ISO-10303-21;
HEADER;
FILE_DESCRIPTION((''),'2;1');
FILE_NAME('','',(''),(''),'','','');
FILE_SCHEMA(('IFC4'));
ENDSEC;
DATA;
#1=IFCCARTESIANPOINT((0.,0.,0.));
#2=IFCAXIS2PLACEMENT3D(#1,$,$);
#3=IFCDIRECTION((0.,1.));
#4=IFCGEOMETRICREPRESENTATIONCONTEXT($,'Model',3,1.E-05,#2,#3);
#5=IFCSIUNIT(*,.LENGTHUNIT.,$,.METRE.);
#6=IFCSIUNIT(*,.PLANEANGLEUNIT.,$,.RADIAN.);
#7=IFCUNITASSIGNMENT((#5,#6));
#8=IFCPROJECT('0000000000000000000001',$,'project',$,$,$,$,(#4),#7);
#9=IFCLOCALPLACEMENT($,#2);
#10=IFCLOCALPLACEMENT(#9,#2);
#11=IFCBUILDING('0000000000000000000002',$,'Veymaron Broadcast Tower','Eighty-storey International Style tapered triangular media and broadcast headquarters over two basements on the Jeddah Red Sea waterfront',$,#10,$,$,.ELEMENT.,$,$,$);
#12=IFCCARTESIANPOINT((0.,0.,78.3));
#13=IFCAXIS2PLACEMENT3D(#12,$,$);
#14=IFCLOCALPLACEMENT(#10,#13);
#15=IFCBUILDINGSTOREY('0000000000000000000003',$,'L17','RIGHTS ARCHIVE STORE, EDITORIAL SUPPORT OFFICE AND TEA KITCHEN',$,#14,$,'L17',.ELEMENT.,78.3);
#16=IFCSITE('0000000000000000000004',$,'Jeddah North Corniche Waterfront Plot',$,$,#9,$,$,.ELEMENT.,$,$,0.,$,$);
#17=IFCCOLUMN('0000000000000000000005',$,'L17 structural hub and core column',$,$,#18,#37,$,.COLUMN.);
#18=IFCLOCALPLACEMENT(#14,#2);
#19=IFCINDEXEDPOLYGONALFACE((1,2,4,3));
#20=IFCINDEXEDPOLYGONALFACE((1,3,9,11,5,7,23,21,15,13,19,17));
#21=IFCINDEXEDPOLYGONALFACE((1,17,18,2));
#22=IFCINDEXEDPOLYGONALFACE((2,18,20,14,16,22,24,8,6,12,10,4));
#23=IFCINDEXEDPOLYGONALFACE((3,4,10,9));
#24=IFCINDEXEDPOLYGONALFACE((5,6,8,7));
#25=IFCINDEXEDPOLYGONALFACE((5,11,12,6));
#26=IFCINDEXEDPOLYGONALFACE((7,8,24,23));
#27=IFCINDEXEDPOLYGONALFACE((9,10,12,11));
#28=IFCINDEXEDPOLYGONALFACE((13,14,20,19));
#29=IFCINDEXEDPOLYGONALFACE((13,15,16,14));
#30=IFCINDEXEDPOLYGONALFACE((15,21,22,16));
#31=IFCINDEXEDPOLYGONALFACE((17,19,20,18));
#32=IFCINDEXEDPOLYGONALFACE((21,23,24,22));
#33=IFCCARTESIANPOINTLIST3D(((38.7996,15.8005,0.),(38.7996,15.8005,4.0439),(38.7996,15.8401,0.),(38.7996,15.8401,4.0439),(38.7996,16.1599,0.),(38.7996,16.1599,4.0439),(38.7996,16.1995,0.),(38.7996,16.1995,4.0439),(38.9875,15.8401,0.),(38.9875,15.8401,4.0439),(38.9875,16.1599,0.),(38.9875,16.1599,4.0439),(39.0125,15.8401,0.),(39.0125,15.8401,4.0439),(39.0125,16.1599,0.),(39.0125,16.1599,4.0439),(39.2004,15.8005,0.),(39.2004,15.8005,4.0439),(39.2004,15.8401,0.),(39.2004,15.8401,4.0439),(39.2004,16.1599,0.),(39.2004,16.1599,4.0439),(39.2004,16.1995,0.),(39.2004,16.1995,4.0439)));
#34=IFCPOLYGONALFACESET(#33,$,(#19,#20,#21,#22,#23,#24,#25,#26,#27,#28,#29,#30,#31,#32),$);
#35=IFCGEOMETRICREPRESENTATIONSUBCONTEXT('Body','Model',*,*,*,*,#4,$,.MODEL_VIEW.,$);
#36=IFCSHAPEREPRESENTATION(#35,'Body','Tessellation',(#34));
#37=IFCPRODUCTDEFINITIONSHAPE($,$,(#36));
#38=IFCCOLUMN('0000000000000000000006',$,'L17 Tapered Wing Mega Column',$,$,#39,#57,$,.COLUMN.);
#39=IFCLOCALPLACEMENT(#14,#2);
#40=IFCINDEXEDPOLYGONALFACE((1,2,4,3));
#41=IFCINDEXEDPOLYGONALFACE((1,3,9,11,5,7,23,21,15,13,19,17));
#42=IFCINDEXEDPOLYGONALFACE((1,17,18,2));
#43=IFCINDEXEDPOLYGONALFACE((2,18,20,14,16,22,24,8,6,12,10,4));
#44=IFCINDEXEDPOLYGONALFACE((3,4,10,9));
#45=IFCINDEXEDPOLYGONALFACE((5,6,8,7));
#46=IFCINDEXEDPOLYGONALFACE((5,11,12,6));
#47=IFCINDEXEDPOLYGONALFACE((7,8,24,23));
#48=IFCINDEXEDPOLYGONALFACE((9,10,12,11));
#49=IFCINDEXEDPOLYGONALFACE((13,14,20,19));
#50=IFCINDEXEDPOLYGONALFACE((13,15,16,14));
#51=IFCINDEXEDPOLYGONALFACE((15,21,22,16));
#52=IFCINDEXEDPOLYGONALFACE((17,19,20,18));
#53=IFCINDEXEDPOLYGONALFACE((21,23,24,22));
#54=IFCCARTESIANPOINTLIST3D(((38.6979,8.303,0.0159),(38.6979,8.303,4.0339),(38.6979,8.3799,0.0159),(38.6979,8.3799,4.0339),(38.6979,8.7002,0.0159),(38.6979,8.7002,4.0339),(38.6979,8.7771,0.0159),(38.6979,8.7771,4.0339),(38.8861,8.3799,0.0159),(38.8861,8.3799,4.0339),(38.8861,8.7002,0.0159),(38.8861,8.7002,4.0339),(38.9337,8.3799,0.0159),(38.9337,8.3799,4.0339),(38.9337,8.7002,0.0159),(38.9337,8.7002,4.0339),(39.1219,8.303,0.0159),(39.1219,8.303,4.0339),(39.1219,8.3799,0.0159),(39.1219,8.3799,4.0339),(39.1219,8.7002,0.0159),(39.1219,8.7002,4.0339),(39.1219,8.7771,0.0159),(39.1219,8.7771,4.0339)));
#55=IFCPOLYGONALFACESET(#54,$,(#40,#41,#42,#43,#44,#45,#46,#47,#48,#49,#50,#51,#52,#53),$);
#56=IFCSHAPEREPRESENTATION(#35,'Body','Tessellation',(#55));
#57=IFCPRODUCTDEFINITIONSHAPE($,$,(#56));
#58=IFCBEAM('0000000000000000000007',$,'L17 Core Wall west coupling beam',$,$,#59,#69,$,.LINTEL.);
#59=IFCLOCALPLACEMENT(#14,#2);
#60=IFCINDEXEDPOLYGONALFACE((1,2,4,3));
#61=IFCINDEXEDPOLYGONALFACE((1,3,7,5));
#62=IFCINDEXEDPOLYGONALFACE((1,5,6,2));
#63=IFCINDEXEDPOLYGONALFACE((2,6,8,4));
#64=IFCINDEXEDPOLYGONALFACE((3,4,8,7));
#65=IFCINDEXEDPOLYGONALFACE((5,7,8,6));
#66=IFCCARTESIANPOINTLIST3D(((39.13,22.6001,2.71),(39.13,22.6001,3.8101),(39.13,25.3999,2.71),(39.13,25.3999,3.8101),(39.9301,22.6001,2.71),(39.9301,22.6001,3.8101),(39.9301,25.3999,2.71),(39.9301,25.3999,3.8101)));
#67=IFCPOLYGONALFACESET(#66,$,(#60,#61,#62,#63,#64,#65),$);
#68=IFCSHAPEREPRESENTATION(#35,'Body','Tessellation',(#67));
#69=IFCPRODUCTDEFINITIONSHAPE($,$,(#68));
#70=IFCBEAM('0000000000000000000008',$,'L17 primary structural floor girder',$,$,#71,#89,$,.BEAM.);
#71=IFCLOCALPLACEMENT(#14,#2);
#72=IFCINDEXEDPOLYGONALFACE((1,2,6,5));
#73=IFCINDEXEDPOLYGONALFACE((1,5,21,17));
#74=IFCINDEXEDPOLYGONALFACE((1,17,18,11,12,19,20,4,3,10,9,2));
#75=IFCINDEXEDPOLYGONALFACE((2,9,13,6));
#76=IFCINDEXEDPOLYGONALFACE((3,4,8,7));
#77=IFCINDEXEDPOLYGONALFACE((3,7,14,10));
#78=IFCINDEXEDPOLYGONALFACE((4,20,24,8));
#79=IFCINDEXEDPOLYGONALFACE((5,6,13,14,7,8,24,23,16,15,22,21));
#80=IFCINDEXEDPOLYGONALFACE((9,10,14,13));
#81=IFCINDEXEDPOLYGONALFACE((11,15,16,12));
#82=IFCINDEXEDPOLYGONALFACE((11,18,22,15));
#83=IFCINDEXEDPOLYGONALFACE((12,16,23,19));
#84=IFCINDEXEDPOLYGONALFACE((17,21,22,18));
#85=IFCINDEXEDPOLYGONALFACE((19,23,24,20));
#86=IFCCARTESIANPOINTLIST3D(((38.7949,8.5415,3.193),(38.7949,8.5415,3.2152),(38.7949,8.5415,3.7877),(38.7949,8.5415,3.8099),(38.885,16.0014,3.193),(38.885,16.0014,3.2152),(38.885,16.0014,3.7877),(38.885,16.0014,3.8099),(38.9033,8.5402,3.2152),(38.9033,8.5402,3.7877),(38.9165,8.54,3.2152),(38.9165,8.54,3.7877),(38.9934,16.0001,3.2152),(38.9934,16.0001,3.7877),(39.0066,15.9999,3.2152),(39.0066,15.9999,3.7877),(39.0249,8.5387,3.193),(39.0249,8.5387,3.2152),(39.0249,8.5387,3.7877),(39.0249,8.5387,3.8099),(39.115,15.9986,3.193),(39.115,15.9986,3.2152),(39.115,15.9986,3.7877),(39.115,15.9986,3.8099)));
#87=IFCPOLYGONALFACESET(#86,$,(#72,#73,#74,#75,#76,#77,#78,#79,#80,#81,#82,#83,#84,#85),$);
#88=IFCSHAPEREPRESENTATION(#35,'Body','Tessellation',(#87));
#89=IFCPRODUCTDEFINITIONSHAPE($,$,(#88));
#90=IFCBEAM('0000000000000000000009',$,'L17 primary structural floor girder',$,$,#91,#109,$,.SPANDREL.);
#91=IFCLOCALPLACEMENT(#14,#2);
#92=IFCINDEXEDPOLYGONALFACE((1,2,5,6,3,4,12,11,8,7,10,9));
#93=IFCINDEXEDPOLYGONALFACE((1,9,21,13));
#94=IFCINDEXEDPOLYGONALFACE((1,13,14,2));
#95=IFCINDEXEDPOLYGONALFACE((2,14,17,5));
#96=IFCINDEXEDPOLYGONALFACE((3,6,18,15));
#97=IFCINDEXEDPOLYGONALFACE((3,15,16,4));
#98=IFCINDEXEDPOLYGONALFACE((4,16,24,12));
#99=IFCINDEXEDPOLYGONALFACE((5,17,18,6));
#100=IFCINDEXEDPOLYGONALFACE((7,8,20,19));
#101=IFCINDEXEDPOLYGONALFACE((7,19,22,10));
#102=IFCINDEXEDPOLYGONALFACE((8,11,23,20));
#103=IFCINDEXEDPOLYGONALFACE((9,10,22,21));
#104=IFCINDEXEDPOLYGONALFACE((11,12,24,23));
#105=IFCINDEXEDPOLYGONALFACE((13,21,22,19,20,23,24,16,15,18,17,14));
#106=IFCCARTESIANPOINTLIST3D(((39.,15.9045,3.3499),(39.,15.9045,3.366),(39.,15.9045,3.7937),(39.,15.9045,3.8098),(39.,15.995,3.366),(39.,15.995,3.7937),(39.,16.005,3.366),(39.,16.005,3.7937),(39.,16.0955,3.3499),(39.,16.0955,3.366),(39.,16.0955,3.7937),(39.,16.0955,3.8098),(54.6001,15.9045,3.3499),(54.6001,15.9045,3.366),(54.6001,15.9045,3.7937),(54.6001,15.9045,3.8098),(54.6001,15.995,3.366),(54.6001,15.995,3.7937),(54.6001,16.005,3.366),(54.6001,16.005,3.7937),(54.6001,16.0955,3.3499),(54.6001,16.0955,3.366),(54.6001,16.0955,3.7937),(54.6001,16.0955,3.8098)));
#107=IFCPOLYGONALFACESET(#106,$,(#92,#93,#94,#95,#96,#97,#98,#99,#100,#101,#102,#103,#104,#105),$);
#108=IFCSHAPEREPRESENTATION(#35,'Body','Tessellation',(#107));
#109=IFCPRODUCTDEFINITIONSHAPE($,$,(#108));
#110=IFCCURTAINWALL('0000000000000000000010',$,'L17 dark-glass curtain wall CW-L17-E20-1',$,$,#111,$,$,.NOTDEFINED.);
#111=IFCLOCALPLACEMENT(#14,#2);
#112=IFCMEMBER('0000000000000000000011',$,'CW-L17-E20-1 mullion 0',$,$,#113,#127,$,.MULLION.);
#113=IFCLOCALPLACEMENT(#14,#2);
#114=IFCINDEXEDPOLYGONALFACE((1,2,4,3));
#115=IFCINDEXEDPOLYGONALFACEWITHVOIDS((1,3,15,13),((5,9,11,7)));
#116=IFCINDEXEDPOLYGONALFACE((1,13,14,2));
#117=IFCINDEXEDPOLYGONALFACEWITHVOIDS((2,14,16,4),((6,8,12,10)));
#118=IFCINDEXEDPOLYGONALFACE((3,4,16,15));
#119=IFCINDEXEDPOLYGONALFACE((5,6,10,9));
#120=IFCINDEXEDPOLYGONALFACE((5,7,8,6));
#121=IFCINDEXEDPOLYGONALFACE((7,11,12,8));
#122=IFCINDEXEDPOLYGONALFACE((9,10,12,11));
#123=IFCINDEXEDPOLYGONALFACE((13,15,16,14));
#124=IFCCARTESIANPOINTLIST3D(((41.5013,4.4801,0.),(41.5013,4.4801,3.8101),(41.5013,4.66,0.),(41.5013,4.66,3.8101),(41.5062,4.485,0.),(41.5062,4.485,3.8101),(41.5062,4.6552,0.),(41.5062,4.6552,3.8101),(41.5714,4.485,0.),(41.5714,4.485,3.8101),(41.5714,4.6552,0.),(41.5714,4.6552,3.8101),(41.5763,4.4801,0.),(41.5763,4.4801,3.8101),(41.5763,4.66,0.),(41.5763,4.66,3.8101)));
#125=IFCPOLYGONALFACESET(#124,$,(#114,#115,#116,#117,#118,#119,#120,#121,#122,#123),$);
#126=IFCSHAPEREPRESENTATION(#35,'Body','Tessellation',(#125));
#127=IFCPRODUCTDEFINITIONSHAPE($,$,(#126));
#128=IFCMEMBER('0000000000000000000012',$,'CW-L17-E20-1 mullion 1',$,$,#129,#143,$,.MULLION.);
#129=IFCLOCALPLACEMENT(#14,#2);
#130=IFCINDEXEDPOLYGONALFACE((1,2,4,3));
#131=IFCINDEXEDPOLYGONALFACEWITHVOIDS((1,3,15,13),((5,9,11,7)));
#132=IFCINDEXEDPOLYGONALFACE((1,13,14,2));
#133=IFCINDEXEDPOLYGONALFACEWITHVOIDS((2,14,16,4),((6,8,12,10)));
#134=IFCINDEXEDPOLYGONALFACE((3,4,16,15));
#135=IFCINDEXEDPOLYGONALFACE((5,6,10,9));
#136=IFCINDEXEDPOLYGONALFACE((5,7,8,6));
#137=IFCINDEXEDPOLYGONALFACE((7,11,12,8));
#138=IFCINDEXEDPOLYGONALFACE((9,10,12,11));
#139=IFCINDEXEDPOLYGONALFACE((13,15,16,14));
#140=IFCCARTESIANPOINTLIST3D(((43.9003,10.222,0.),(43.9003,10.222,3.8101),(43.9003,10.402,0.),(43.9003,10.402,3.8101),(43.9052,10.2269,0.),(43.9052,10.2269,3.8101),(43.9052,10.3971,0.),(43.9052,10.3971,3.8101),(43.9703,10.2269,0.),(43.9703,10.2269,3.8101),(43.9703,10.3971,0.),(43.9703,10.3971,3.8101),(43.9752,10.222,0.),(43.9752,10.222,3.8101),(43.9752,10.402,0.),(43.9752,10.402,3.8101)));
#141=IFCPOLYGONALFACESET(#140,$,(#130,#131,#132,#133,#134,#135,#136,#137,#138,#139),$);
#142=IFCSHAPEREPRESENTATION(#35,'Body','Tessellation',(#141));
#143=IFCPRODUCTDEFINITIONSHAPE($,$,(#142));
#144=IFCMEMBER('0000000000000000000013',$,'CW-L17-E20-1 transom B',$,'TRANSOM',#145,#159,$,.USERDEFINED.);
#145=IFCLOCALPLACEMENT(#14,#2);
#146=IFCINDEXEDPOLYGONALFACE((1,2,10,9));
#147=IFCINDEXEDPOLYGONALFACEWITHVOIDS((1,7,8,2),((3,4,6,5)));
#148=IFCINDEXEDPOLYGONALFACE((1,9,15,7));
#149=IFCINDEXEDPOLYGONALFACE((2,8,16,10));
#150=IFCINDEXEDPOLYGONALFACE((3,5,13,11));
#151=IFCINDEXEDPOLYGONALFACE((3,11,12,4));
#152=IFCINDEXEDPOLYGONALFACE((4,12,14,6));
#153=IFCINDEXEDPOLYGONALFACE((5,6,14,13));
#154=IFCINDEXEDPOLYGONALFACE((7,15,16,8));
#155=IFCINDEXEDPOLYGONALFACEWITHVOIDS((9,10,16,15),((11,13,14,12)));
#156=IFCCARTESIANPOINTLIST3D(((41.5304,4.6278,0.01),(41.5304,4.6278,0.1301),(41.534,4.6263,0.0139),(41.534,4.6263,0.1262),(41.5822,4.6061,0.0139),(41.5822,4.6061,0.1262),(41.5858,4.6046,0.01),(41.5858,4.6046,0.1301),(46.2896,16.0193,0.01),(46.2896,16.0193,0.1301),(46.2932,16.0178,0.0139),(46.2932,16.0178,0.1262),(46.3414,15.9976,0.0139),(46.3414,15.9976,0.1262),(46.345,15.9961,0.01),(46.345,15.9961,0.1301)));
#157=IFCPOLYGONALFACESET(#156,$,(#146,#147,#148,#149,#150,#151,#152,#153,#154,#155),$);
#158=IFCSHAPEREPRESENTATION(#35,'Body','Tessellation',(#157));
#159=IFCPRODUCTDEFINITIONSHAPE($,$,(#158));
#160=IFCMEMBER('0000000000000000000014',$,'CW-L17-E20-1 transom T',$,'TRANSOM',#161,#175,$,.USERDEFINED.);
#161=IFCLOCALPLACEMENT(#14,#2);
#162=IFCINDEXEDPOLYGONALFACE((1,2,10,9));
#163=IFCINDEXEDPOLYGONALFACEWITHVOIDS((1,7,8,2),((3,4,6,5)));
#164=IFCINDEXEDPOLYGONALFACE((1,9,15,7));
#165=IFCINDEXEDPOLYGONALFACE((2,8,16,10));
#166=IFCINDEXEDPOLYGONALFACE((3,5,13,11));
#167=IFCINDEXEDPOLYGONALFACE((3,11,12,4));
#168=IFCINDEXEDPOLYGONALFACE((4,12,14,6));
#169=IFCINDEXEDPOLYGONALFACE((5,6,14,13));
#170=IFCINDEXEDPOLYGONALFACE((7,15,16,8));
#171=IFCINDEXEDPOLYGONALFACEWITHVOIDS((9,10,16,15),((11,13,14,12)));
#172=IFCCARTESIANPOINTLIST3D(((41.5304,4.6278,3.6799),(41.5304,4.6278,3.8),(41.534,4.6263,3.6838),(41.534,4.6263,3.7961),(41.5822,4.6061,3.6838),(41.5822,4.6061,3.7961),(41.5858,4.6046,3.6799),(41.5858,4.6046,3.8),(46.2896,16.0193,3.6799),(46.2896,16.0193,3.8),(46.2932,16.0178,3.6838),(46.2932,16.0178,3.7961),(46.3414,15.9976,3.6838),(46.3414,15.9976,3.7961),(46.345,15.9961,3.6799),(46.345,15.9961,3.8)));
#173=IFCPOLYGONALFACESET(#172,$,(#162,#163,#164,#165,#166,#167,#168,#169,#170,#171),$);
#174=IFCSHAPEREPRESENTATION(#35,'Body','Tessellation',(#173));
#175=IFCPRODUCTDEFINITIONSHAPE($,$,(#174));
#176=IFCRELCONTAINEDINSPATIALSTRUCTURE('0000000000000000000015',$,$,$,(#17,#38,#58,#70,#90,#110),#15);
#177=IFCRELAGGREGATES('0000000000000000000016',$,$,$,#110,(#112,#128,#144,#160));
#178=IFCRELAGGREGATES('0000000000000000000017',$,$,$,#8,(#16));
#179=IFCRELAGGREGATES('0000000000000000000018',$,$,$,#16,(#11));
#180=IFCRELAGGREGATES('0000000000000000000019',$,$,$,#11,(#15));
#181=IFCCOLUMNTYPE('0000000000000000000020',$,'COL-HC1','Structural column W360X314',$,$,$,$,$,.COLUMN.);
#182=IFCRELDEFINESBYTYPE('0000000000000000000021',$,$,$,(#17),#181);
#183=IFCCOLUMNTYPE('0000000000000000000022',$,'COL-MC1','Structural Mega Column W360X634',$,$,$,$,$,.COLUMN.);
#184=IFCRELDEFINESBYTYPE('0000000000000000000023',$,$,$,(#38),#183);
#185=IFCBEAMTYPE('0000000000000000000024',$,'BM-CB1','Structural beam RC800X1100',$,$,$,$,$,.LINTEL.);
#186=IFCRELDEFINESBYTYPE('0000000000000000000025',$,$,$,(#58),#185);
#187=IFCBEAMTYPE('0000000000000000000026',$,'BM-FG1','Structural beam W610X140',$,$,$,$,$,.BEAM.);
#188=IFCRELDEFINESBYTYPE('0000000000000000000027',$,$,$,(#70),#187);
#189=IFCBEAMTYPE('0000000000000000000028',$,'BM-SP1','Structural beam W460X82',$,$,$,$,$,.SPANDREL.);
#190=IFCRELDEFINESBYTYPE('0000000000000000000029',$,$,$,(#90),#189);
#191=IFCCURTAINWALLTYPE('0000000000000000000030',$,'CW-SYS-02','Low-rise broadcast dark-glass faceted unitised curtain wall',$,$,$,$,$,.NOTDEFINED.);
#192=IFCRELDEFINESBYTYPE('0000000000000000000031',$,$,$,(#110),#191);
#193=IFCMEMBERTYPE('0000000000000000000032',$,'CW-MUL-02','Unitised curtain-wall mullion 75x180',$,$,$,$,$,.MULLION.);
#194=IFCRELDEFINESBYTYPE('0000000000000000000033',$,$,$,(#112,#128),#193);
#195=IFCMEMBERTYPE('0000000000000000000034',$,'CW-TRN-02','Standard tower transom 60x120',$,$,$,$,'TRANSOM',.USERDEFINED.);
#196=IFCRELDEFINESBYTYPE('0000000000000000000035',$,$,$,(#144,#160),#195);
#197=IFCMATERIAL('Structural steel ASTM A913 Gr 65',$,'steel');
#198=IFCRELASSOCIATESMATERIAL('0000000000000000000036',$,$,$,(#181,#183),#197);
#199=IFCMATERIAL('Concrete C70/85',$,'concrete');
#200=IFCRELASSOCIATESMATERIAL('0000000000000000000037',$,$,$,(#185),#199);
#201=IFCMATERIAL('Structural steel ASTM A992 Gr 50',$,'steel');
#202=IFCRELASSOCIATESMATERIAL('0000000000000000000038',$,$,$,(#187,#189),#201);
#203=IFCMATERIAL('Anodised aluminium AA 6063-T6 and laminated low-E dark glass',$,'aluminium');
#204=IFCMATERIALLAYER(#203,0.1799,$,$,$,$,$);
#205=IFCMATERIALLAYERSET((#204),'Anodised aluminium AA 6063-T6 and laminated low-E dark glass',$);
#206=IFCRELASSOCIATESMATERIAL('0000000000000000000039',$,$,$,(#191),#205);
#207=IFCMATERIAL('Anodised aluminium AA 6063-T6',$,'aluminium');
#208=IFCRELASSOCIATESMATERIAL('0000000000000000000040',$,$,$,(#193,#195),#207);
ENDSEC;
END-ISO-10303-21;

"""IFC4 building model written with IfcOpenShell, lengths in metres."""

from ifc_helpers import new_model, si_unit, direction, frame, origin, origin_2d, place, context, subcontext, project, spatial, rectangle, hollow_rectangle, i_section, extrude, material, layer, layer_set, material_profile, profile_set, type_object, element, aggregate, save


model = new_model("IFC4")

# Units and contexts
model_context = context("Model", 3, precision=1e-05, world=origin(), true_north=direction((0.0, 1.0)))
body_context = subcontext(model_context, "Body", "Model", "MODEL_VIEW")
ifc_project = project(units=[si_unit("LENGTHUNIT", "METRE"), si_unit("PLANEANGLEUNIT", "RADIAN")], contexts=[model_context])

# Site, building, storey
site_placement = place(None, origin())
site = spatial("IfcSite", under=ifc_project, at=site_placement, Name="Jeddah North Corniche Waterfront Plot", CompositionType="ELEMENT", RefElevation=0.0)
building_placement = place(site_placement, origin())
building = spatial("IfcBuilding", under=site, at=building_placement, Name="Veymaron Broadcast Tower", Description="Eighty-storey International Style tapered triangular media and broadcast headquarters over two basements on the Jeddah Red Sea waterfront", CompositionType="ELEMENT")
storey_placement = place(building_placement, frame((0.0, 0.0, 78.3)))
storey = spatial("IfcBuildingStorey", under=building, at=storey_placement, Name="L17", Description="RIGHTS ARCHIVE STORE, EDITORIAL SUPPORT OFFICE AND TEA KITCHEN", LongName="L17", CompositionType="ELEMENT", Elevation=78.3)

# Columns
ifc_material_1 = material(Name="Structural steel ASTM A913 Gr 65", Category="steel")
ifc_material_profile_1 = material_profile(ifc_material_1, i_section(OverallWidth=0.4009, OverallDepth=0.3989, WebThickness=0.0249, FlangeThickness=0.0396, at=origin_2d()), Name="W360X314")
ifc_profile_set_1 = profile_set([ifc_material_profile_1], Name="Structural steel ASTM A913 Gr 65")
column_type_1 = type_object("IfcColumnType", Name="COL-HC1", Description="Structural column W360X314", PredefinedType="COLUMN", material=ifc_profile_set_1)
column_1_placement = place(storey_placement, frame((39.0, 16.0, 0.0), z_axis=(0.0, 0.0, 1.0), x_axis=(1.0, 0.0, 0.0)))
element("IfcColumn", 1, at=column_1_placement, inside=storey, type_object=column_type_1, Name="L17 structural hub and core column", PredefinedType="COLUMN", context=body_context, shape_type="SweptSolid", body=[
    extrude(i_section(OverallWidth=0.4009, OverallDepth=0.3989, WebThickness=0.0249, FlangeThickness=0.0396, at=origin_2d()), origin(), (0.0, 0.0, 1.0), 4.0439),
])
ifc_material_profile_2 = material_profile(ifc_material_1, i_section(OverallWidth=0.4241, OverallDepth=0.4741, WebThickness=0.0476, FlangeThickness=0.0769, at=origin_2d()), Name="W360X634")
ifc_profile_set_2 = profile_set([ifc_material_profile_2], Name="Structural steel ASTM A913 Gr 65")
column_type_2 = type_object("IfcColumnType", Name="COL-MC1", Description="Structural Mega Column W360X634", PredefinedType="COLUMN", material=ifc_profile_set_2)
column_2_placement = place(storey_placement, frame((38.9099, 8.54, 0.0159), z_axis=(0.0, 0.0, 1.0), x_axis=(1.0, 0.0, 0.0)))
element("IfcColumn", 2, at=column_2_placement, inside=storey, type_object=column_type_2, Name="L17 Tapered Wing Mega Column", PredefinedType="COLUMN", context=body_context, shape_type="SweptSolid", body=[
    extrude(i_section(OverallWidth=0.4241, OverallDepth=0.4741, WebThickness=0.0476, FlangeThickness=0.0769, at=origin_2d()), origin(), (0.0, 0.0, 1.0), 4.0181),
])

# Beams
ifc_material_2 = material(Name="Concrete C70/85", Category="concrete")
ifc_material_profile_3 = material_profile(ifc_material_2, rectangle(XDim=0.8, YDim=1.1001, at=origin_2d()), Name="RC800X1100")
ifc_profile_set_3 = profile_set([ifc_material_profile_3], Name="Concrete C70/85")
beam_type_1 = type_object("IfcBeamType", Name="BM-CB1", Description="Structural beam RC800X1100", PredefinedType="LINTEL", material=ifc_profile_set_3)
beam_1_placement = place(storey_placement, frame((39.53, 22.6001, 3.26), z_axis=(0.0, 1.0, 0.0), x_axis=(-1.0, 0.0, 0.0)))
element("IfcBeam", 3, at=beam_1_placement, inside=storey, type_object=beam_type_1, Name="L17 Core Wall west coupling beam", PredefinedType="LINTEL", context=body_context, shape_type="SweptSolid", body=[
    extrude(rectangle(XDim=0.8, YDim=1.1001, at=origin_2d()), origin(), (0.0, 0.0, 1.0), 2.7998),
])
ifc_material_3 = material(Name="Structural steel ASTM A992 Gr 50", Category="steel")
ifc_material_profile_4 = material_profile(ifc_material_3, i_section(OverallWidth=0.23, OverallDepth=0.6169, WebThickness=0.0132, FlangeThickness=0.0222, at=origin_2d()), Name="W610X140")
ifc_profile_set_4 = profile_set([ifc_material_profile_4], Name="Structural steel ASTM A992 Gr 50")
beam_type_2 = type_object("IfcBeamType", Name="BM-FG1", Description="Structural beam W610X140", PredefinedType="BEAM", material=ifc_profile_set_4)
beam_2_placement = place(storey_placement, frame((39.0, 16.0, 3.5015), z_axis=(-0.012075, -0.999927, 0.0), x_axis=(0.999927, -0.012075, 0.0)))
element("IfcBeam", 4, at=beam_2_placement, inside=storey, type_object=beam_type_2, Name="L17 primary structural floor girder", PredefinedType="BEAM", context=body_context, shape_type="SweptSolid", body=[
    extrude(i_section(OverallWidth=0.23, OverallDepth=0.6169, WebThickness=0.0132, FlangeThickness=0.0222, at=origin_2d()), origin(), (0.0, 0.0, 1.0), 7.4604),
])
ifc_material_profile_5 = material_profile(ifc_material_3, i_section(OverallWidth=0.1909, OverallDepth=0.46, WebThickness=0.01, FlangeThickness=0.0161, at=origin_2d()), Name="W460X82")
ifc_profile_set_5 = profile_set([ifc_material_profile_5], Name="Structural steel ASTM A992 Gr 50")
beam_type_3 = type_object("IfcBeamType", Name="BM-SP1", Description="Structural beam W460X82", PredefinedType="SPANDREL", material=ifc_profile_set_5)
beam_3_placement = place(storey_placement, frame((39.0, 16.0, 3.5798), z_axis=(1.0, 0.0, 0.0), x_axis=(0.0, 1.0, 0.0)))
element("IfcBeam", 5, at=beam_3_placement, inside=storey, type_object=beam_type_3, Name="L17 primary structural floor girder", PredefinedType="SPANDREL", context=body_context, shape_type="SweptSolid", body=[
    extrude(i_section(OverallWidth=0.1909, OverallDepth=0.46, WebThickness=0.01, FlangeThickness=0.0161, at=origin_2d()), origin(), (0.0, 0.0, 1.0), 15.6001),
])

# Curtain wall, members
ifc_material_4 = material(Name="Anodised aluminium AA 6063-T6 and laminated low-E dark glass", Category="aluminium")
ifc_layer_1 = layer(ifc_material_4, 0.1799)
ifc_layer_set_1 = layer_set([ifc_layer_1], Name="Anodised aluminium AA 6063-T6 and laminated low-E dark glass")
curtain_wall_type = type_object("IfcCurtainWallType", Name="CW-SYS-02", Description="Low-rise broadcast dark-glass faceted unitised curtain wall", PredefinedType="NOTDEFINED", material=ifc_layer_set_1)
curtain_wall_placement = place(storey_placement, origin())
curtain_wall = element("IfcCurtainWall", 6, at=curtain_wall_placement, inside=storey, type_object=curtain_wall_type, Name="L17 dark-glass curtain wall CW-L17-E20-1", PredefinedType="NOTDEFINED")
ifc_material_5 = material(Name="Anodised aluminium AA 6063-T6", Category="aluminium")
ifc_material_profile_6 = material_profile(ifc_material_5, hollow_rectangle(XDim=0.075, YDim=0.1799, WallThickness=0.0049, at=origin_2d()), Name="AL180X75X5")
ifc_profile_set_6 = profile_set([ifc_material_profile_6], Name="Anodised aluminium AA 6063-T6")
member_type_1 = type_object("IfcMemberType", Name="CW-MUL-02", Description="Unitised curtain-wall mullion 75x180", PredefinedType="MULLION", material=ifc_profile_set_6)
member_1_placement = place(storey_placement, frame((41.5388, 4.5701, 0.0), z_axis=(0.0, 0.0, 1.0), x_axis=(1.0, 0.0, 0.0)))
member_1 = element("IfcMember", 7, at=member_1_placement, type_object=member_type_1, Name="CW-L17-E20-1 mullion 0", PredefinedType="MULLION", context=body_context, shape_type="SweptSolid", body=[
    extrude(hollow_rectangle(XDim=0.075, YDim=0.1799, WallThickness=0.0049, at=origin_2d()), origin(), (0.0, 0.0, 1.0), 3.8101),
])
member_2_placement = place(storey_placement, frame((43.9377, 10.312, 0.0), z_axis=(0.0, 0.0, 1.0), x_axis=(1.0, 0.0, 0.0)))
member_2 = element("IfcMember", 8, at=member_2_placement, type_object=member_type_1, Name="CW-L17-E20-1 mullion 1", PredefinedType="MULLION", context=body_context, shape_type="SweptSolid", body=[
    extrude(hollow_rectangle(XDim=0.075, YDim=0.1799, WallThickness=0.0049, at=origin_2d()), origin(), (0.0, 0.0, 1.0), 3.8101),
])
ifc_material_profile_7 = material_profile(ifc_material_5, hollow_rectangle(XDim=0.0601, YDim=0.1201, WallThickness=0.0039, at=origin_2d()), Name="AL120X60X4")
ifc_profile_set_7 = profile_set([ifc_material_profile_7], Name="Anodised aluminium AA 6063-T6")
member_type_2 = type_object("IfcMemberType", Name="CW-TRN-02", Description="Standard tower transom 60x120", ElementType="TRANSOM", PredefinedType="USERDEFINED", material=ifc_profile_set_7)
member_3_placement = place(storey_placement, frame((41.5581, 4.6162, 0.0701), z_axis=(0.385497, 0.922709, 0.0), x_axis=(-0.922709, 0.385497, 0.0)))
member_3 = element("IfcMember", 9, at=member_3_placement, type_object=member_type_2, Name="CW-L17-E20-1 transom B", ObjectType="TRANSOM", PredefinedType="USERDEFINED", context=body_context, shape_type="SweptSolid", body=[
    extrude(hollow_rectangle(XDim=0.0601, YDim=0.1201, WallThickness=0.0039, at=origin_2d()), origin(), (0.0, 0.0, 1.0), 12.3457),
])
member_4_placement = place(storey_placement, frame((41.5581, 4.6162, 3.74), z_axis=(0.385497, 0.922709, 0.0), x_axis=(-0.922709, 0.385497, 0.0)))
member_4 = element("IfcMember", 10, at=member_4_placement, type_object=member_type_2, Name="CW-L17-E20-1 transom T", ObjectType="TRANSOM", PredefinedType="USERDEFINED", context=body_context, shape_type="SweptSolid", body=[
    extrude(hollow_rectangle(XDim=0.0601, YDim=0.1201, WallThickness=0.0039, at=origin_2d()), origin(), (0.0, 0.0, 1.0), 12.3457),
])
aggregate(curtain_wall, [member_1, member_2, member_3, member_4])

save(model, "model.ifc")
